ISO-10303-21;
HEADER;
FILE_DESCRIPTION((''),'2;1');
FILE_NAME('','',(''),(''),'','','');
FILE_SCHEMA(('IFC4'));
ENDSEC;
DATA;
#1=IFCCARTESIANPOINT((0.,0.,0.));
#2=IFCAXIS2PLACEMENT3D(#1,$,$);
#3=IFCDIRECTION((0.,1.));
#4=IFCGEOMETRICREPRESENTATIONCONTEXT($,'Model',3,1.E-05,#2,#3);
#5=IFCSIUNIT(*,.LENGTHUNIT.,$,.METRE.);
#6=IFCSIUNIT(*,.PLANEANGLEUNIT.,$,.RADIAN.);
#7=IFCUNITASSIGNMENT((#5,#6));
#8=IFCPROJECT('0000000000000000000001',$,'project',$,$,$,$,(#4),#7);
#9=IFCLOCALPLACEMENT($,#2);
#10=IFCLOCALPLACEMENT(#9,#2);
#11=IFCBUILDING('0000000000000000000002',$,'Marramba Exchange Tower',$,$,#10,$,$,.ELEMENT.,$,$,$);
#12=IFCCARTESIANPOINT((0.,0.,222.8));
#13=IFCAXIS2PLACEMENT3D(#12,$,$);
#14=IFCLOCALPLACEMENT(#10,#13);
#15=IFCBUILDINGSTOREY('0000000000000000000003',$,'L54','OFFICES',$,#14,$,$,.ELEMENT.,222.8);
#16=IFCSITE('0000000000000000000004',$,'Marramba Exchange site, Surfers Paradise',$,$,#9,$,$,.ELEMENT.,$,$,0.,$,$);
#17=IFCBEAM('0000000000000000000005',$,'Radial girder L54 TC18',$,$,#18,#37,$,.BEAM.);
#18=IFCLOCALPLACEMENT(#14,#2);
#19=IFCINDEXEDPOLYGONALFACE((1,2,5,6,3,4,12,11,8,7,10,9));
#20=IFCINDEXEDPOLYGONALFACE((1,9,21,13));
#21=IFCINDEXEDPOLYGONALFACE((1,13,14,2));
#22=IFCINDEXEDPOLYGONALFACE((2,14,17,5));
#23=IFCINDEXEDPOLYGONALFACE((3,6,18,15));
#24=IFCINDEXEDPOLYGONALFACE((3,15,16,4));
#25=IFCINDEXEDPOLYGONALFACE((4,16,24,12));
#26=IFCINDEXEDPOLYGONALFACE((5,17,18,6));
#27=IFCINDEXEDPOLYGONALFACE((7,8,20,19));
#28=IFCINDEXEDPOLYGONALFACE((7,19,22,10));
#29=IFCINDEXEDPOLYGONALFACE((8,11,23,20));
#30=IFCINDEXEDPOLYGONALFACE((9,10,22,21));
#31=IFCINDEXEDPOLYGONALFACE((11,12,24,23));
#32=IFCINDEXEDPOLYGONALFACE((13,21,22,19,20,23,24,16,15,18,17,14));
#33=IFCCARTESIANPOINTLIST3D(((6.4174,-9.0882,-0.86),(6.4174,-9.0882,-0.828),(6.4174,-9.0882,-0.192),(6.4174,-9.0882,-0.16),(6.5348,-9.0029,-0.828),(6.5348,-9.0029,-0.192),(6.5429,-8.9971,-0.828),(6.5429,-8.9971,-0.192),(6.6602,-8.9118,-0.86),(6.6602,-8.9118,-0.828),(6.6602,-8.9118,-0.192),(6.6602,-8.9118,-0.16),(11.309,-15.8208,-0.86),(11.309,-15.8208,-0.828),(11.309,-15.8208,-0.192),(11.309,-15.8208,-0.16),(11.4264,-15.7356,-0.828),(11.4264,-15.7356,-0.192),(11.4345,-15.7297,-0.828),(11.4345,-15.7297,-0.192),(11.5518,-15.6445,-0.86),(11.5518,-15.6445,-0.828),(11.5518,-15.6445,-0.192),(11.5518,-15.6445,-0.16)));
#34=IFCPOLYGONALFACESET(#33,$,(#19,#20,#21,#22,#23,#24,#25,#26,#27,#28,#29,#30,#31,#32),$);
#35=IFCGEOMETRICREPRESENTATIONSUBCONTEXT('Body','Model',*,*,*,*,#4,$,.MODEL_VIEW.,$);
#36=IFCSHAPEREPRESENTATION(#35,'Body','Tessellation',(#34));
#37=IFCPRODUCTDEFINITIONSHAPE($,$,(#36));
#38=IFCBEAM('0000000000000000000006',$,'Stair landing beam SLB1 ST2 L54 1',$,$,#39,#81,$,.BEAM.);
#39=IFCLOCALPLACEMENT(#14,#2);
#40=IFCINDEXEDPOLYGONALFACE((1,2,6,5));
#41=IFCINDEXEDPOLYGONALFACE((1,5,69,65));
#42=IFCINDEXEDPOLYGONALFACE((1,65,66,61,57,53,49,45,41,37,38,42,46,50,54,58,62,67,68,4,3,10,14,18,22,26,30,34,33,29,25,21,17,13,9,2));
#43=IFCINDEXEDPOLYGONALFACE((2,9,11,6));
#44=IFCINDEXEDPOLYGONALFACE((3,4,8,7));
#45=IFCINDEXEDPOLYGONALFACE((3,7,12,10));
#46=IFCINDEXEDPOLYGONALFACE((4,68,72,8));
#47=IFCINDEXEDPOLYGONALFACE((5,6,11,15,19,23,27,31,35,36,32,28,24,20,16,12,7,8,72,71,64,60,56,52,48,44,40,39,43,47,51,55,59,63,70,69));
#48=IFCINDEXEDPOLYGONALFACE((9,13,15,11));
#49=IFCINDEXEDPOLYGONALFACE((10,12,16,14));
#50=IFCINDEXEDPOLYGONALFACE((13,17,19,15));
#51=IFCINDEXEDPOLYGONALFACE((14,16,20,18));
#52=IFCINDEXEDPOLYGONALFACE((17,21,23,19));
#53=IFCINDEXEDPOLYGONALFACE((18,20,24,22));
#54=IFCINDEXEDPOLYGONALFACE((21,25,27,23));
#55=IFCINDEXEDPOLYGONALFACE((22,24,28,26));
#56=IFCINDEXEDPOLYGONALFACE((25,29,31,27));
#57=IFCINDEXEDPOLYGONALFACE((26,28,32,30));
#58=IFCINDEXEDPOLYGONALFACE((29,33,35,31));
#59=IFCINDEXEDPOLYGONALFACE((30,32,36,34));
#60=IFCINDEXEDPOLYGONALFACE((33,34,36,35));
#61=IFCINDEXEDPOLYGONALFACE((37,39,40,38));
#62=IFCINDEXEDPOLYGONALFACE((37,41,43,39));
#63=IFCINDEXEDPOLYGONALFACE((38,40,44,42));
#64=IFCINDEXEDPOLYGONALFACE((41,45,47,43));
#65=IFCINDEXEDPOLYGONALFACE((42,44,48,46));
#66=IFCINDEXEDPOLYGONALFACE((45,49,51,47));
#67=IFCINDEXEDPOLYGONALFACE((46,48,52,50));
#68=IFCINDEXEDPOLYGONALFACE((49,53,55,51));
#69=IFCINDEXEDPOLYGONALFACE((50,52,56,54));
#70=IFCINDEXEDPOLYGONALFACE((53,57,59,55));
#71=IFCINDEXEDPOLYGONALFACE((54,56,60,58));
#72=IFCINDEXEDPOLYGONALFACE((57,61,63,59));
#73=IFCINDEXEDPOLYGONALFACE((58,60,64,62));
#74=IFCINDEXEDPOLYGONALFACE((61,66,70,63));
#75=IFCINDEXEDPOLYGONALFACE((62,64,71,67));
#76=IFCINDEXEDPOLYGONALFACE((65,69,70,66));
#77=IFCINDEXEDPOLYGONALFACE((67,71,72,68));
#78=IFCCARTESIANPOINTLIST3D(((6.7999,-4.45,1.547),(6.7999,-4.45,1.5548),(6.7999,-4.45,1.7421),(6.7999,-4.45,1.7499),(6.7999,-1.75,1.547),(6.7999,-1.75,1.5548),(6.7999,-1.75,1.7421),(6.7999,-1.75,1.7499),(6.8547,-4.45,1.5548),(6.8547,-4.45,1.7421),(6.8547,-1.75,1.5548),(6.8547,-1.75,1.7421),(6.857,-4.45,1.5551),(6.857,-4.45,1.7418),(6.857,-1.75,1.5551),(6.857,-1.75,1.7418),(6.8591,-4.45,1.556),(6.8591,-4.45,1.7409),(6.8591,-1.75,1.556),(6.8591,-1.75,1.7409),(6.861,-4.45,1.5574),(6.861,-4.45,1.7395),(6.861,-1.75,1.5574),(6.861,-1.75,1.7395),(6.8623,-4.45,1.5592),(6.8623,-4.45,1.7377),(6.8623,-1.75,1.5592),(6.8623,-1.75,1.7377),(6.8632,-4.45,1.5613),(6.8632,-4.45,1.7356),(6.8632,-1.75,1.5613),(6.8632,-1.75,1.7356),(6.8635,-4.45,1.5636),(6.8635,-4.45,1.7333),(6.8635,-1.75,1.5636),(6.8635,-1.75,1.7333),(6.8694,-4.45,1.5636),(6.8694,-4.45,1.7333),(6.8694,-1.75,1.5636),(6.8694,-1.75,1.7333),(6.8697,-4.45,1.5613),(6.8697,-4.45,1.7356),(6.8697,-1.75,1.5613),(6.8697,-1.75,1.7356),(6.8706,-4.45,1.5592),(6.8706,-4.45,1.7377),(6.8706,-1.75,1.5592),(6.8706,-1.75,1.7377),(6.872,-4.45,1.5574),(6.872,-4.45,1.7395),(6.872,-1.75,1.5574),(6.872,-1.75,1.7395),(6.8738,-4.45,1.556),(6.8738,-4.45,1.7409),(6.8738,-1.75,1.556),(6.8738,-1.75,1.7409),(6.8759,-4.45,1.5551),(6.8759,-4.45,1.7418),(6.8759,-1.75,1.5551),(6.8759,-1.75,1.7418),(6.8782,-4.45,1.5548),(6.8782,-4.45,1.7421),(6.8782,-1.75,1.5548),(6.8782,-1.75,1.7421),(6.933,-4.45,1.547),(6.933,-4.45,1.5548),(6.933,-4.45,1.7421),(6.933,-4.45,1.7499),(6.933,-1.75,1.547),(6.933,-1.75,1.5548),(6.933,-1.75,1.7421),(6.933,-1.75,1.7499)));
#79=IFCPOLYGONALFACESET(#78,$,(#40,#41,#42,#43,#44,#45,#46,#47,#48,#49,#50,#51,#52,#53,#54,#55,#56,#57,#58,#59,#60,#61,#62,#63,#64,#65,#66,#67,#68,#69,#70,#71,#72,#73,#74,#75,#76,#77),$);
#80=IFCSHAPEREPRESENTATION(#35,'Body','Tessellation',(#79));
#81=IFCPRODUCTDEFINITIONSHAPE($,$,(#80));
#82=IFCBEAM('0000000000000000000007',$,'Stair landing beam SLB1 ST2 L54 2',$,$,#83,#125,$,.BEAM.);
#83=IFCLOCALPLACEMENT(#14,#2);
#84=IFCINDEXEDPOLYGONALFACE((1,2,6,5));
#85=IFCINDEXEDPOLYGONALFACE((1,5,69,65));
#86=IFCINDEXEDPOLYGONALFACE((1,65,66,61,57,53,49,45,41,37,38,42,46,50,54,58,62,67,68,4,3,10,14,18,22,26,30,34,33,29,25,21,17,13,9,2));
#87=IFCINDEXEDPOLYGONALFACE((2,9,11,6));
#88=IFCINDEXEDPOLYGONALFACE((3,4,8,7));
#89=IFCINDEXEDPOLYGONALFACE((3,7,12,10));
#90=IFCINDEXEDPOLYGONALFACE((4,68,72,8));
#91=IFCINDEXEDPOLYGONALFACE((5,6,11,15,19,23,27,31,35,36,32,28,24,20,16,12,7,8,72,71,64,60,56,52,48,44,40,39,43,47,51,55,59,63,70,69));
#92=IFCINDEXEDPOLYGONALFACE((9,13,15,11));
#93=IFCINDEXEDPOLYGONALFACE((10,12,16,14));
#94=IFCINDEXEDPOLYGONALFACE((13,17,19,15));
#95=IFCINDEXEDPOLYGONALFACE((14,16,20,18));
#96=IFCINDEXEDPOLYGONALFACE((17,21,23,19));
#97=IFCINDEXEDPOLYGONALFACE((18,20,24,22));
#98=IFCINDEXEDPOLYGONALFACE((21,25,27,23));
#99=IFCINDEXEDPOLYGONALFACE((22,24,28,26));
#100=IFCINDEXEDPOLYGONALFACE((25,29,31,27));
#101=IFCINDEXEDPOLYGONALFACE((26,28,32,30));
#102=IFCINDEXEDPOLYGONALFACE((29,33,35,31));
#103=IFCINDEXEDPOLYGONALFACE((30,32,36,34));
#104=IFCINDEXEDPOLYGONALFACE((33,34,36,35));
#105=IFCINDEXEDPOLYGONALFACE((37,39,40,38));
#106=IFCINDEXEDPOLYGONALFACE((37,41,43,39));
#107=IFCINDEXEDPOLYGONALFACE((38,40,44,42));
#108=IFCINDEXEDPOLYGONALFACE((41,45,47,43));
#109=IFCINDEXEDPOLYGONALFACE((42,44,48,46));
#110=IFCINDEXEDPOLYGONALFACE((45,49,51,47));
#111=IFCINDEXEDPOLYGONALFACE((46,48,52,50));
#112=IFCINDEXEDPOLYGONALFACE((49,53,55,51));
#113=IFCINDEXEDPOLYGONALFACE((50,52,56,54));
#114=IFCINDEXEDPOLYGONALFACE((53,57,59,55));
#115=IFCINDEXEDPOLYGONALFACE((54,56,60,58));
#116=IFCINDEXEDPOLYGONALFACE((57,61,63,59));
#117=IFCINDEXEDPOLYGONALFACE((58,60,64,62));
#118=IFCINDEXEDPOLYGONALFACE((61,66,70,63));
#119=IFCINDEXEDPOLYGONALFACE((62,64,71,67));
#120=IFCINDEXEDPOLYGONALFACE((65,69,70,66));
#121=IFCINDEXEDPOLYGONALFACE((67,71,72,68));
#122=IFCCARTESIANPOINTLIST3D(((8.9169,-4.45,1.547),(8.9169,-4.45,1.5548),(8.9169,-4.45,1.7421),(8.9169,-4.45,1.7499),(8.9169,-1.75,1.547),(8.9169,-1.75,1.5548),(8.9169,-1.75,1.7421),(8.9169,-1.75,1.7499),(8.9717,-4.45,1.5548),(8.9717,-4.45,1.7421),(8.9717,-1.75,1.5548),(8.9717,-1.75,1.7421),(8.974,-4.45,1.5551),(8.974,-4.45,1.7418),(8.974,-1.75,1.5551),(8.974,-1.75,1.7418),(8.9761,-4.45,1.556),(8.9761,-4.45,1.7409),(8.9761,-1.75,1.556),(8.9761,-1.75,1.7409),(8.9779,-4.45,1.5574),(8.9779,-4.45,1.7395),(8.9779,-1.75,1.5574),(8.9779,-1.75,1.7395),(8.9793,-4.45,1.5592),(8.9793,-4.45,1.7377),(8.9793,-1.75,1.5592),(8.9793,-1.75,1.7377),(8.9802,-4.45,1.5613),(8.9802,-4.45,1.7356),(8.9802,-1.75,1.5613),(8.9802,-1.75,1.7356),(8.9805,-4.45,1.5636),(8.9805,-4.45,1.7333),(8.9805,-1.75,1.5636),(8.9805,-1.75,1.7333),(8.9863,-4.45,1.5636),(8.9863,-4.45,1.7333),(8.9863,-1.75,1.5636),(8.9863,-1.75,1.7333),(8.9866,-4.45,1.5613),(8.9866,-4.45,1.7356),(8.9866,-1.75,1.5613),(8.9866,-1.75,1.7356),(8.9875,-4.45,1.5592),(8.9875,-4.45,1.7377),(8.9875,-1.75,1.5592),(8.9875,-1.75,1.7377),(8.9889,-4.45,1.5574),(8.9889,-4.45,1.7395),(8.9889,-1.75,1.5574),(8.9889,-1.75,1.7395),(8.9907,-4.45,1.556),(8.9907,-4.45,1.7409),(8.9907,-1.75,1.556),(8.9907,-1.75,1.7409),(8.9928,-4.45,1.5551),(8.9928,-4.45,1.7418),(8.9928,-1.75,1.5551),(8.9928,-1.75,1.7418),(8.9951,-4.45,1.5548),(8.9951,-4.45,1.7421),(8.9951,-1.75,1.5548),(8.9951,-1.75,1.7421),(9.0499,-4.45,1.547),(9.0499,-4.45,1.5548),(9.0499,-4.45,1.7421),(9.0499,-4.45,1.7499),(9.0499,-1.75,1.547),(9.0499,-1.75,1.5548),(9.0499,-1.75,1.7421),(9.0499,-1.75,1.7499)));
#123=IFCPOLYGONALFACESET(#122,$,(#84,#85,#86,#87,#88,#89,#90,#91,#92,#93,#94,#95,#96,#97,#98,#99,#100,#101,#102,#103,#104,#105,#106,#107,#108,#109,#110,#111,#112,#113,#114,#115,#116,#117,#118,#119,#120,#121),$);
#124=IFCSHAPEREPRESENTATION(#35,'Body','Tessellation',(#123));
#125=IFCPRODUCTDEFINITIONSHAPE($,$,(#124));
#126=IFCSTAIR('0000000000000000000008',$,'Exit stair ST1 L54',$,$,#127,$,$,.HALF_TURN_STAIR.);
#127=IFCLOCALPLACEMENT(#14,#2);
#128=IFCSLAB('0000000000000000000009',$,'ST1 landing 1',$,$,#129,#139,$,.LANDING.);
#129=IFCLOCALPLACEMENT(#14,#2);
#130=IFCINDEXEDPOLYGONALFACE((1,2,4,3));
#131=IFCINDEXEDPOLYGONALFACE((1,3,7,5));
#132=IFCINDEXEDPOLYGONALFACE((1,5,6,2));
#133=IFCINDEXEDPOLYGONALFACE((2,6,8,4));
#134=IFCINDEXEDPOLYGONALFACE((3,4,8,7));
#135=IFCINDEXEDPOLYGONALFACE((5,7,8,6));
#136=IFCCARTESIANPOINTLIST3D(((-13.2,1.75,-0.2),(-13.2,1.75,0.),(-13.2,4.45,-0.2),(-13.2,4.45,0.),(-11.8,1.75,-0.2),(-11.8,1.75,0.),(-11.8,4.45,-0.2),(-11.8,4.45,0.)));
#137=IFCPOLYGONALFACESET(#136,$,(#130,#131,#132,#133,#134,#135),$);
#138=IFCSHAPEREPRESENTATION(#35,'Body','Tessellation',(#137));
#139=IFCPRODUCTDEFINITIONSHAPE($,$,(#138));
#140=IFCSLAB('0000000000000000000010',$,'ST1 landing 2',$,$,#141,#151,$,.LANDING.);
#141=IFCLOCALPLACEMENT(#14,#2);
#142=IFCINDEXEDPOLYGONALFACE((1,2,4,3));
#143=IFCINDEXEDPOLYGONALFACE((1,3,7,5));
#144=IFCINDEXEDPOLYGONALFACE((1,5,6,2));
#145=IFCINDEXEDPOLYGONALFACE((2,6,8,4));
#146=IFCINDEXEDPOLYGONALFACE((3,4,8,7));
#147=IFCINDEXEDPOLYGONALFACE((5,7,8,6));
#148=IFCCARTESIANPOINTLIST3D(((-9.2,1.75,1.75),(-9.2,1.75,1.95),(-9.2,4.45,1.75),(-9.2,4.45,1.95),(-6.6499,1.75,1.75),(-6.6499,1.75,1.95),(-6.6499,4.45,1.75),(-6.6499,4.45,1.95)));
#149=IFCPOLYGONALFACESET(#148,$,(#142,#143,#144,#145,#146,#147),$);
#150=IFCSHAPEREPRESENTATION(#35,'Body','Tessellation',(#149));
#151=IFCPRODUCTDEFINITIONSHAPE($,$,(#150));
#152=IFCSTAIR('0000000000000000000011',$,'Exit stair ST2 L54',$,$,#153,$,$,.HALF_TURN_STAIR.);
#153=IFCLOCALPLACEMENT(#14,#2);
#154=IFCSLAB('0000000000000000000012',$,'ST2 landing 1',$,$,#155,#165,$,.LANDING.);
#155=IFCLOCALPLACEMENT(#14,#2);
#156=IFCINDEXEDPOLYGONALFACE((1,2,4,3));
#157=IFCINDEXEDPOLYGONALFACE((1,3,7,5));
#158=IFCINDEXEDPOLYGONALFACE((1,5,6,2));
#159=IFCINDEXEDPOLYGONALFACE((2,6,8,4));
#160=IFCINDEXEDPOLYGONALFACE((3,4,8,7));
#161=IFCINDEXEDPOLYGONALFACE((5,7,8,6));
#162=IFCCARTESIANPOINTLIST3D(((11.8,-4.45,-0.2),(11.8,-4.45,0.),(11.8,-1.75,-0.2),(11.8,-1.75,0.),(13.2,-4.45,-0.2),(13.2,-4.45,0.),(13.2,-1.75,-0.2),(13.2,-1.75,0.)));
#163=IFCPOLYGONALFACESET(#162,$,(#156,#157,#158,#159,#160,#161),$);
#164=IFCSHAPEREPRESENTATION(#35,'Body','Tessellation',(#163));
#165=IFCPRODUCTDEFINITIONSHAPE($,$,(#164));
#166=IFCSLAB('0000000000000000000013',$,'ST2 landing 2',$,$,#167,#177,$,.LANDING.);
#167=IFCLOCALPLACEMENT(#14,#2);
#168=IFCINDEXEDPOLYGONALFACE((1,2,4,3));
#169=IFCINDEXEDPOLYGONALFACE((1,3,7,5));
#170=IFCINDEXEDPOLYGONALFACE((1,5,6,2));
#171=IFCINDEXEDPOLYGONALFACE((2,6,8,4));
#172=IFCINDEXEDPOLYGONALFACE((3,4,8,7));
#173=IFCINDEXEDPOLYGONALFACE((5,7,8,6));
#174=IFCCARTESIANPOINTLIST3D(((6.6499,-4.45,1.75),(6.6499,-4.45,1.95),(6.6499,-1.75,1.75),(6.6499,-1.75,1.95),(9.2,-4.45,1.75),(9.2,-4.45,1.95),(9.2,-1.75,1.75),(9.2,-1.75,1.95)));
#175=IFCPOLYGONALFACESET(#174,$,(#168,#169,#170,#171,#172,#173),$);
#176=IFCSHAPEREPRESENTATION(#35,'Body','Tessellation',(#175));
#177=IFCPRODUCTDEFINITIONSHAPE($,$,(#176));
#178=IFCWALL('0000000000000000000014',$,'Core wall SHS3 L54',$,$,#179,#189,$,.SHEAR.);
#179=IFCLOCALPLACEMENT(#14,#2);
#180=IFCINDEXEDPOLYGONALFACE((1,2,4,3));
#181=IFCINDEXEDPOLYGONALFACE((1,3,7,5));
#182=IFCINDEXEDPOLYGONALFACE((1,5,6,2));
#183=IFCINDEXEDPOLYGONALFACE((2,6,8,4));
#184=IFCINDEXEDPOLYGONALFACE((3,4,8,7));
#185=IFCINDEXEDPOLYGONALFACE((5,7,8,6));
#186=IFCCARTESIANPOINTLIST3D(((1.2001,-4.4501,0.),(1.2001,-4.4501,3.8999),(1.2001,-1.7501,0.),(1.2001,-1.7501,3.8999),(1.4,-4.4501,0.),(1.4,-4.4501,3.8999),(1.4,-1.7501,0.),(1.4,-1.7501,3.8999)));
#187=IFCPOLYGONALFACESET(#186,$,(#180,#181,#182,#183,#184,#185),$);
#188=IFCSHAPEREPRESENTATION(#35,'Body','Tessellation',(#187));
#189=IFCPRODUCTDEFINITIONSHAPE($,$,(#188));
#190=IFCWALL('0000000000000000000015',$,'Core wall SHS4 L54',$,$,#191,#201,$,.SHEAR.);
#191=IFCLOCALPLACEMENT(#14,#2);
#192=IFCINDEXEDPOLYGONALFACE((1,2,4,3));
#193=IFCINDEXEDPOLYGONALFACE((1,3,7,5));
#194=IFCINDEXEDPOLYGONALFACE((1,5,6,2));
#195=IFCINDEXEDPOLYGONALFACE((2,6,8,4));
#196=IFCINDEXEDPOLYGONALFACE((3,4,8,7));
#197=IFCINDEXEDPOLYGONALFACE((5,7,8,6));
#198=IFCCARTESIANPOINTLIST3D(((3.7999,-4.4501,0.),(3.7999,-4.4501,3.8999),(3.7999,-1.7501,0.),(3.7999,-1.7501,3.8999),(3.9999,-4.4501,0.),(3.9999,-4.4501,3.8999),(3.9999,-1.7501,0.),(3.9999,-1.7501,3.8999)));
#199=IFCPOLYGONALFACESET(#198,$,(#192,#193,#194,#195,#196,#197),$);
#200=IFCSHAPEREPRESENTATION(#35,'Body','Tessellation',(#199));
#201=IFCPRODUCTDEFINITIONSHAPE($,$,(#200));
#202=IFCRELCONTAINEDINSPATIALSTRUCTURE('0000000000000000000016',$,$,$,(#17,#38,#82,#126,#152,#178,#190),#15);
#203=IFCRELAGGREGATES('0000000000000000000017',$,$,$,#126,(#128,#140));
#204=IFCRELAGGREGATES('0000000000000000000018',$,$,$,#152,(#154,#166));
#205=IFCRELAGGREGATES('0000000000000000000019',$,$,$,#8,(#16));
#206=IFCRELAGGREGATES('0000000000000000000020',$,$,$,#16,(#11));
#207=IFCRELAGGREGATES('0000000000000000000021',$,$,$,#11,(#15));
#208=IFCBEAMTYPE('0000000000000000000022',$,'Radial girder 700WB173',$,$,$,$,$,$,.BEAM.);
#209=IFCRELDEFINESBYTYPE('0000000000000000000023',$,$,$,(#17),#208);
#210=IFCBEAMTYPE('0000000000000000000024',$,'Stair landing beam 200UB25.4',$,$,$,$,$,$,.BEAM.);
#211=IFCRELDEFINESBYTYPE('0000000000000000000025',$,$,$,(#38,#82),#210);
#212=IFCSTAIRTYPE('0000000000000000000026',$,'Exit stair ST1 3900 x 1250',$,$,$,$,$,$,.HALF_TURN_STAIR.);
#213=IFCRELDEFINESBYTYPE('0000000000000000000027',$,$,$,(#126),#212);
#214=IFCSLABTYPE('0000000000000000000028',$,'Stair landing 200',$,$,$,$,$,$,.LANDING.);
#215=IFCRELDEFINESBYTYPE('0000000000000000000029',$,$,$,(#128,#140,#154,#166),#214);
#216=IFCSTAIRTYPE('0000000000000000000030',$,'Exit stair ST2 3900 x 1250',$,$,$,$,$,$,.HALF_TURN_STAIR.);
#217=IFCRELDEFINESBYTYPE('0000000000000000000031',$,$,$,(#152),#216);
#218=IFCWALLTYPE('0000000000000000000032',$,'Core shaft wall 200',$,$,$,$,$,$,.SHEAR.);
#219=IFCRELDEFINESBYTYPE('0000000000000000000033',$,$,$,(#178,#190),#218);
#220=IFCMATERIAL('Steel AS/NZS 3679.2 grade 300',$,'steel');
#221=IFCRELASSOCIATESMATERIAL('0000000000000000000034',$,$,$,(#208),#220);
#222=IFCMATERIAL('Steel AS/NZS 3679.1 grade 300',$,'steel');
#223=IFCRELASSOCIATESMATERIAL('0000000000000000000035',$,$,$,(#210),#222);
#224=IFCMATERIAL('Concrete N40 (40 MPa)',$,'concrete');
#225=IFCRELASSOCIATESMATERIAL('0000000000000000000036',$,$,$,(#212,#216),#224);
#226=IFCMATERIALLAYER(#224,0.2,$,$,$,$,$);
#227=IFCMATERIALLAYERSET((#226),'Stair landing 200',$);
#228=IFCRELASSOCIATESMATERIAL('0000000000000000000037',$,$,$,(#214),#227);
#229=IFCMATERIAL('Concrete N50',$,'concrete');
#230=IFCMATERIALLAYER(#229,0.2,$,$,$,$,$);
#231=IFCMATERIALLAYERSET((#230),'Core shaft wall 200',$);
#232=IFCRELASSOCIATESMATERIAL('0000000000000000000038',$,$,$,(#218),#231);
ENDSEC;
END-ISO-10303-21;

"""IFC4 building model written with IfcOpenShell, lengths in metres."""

from ifc_helpers import new_model, si_unit, direction, frame, frame_2d, origin, origin_2d, place, context, subcontext, project, spatial, polyline, rectangle, i_section, outline, extrude, material, layer, layer_set, material_profile, profile_set, type_object, element, aggregate, save


model = new_model("IFC4")

# Units and contexts
model_context = context("Model", 3, precision=1e-05, world=origin(), true_north=direction((0.0, 1.0)))
body_context = subcontext(model_context, "Body", "Model", "MODEL_VIEW")
ifc_project = project(units=[si_unit("LENGTHUNIT", "METRE"), si_unit("PLANEANGLEUNIT", "RADIAN")], contexts=[model_context])

# Site, building, storey
site_placement = place(None, origin())
site = spatial("IfcSite", under=ifc_project, at=site_placement, Name="Marramba Exchange site, Surfers Paradise", CompositionType="ELEMENT", RefElevation=0.0)
building_placement = place(site_placement, origin())
building = spatial("IfcBuilding", under=site, at=building_placement, Name="Marramba Exchange Tower", CompositionType="ELEMENT")
storey_placement = place(building_placement, frame((0.0, 0.0, 222.8)))
storey = spatial("IfcBuildingStorey", under=building, at=storey_placement, Name="L54", Description="OFFICES", CompositionType="ELEMENT", Elevation=222.8)

# Beams
ifc_material_1 = material(Name="Steel AS/NZS 3679.1 grade 300", Category="steel")
ifc_material_2 = material(Name="Steel AS/NZS 3679.2 grade 300", Category="steel")
ifc_material_profile_1 = material_profile(ifc_material_2, i_section(OverallWidth=0.3, OverallDepth=0.7, WebThickness=0.01, FlangeThickness=0.032, at=origin_2d()), Name="700WB173")
ifc_profile_set_1 = profile_set([ifc_material_profile_1], Name="Steel AS/NZS 3679.2 grade 300")
beam_type_1 = type_object("IfcBeamType", Name="Radial girder 700WB173", PredefinedType="BEAM", material=ifc_profile_set_1)
beam_1_placement = place(storey_placement, frame((6.5388, -9.0, -0.51), z_axis=(0.587788, -0.809015, 0.0), x_axis=(0.809015, 0.587788, 0.0)))
element("IfcBeam", 1, at=beam_1_placement, inside=storey, type_object=beam_type_1, Name="Radial girder L54 TC18", PredefinedType="BEAM", context=body_context, shape_type="SweptSolid", body=[
    extrude(i_section(OverallWidth=0.3, OverallDepth=0.7, WebThickness=0.01, FlangeThickness=0.032, at=origin_2d()), origin(), (0.0, 0.0, 1.0), 8.322),
])
ifc_material_profile_2 = material_profile(ifc_material_1, i_section(OverallWidth=0.1331, OverallDepth=0.2029, WebThickness=0.0059, FlangeThickness=0.0078, FilletRadius=0.0088, at=origin_2d()), Name="200UB25.4")
ifc_profile_set_2 = profile_set([ifc_material_profile_2], Name="Steel AS/NZS 3679.1 grade 300")
beam_type_2 = type_object("IfcBeamType", Name="Stair landing beam 200UB25.4", PredefinedType="BEAM", material=ifc_profile_set_2)
for number, where, z_axis, x_axis, name in (
    (2, (6.8665, -4.45, 1.6484), (0.0, 1.0, 0.0), (-1.0, 0.0, 0.0), "Stair landing beam SLB1 ST2 L54 1"),
    (3, (8.9834, -4.45, 1.6484), (0.0, 1.0, 0.0), (-1.0, 0.0, 0.0), "Stair landing beam SLB1 ST2 L54 2"),
):
    element("IfcBeam", number, at=place(storey_placement, frame(where, z_axis=z_axis, x_axis=x_axis)), inside=storey, type_object=beam_type_2, Name=name, PredefinedType="BEAM", context=body_context, shape_type="SweptSolid", body=[
        extrude(i_section(OverallWidth=0.1331, OverallDepth=0.2029, WebThickness=0.0059, FlangeThickness=0.0078, FilletRadius=0.0088, at=origin_2d()), origin(), (0.0, 0.0, 1.0), 2.7),
    ])

# Stairs, slabs
ifc_material_3 = material(Name="Concrete N40 (40 MPa)", Category="concrete")
stair_type_1 = type_object("IfcStairType", Name="Exit stair ST1 3900 x 1250", PredefinedType="HALF_TURN_STAIR", material=ifc_material_3)
stair_1_placement = place(storey_placement, origin())
stair_1 = element("IfcStair", 4, at=stair_1_placement, inside=storey, type_object=stair_type_1, Name="Exit stair ST1 L54", PredefinedType="HALF_TURN_STAIR")
ifc_layer_1 = layer(ifc_material_3, 0.2)
ifc_layer_set_1 = layer_set([ifc_layer_1], Name="Stair landing 200")
slab_type = type_object("IfcSlabType", Name="Stair landing 200", PredefinedType="LANDING", material=ifc_layer_set_1)
slab_1_placement = place(storey_placement, frame((0.0, 0.0, -0.2)))
slab_1 = element("IfcSlab", 5, at=slab_1_placement, type_object=slab_type, Name="ST1 landing 1", PredefinedType="LANDING", context=body_context, shape_type="SweptSolid", body=[
    extrude(outline(polyline([(-13.2, 1.75), (-11.8, 1.75), (-11.8, 4.45), (-13.2, 4.45), (-13.2, 1.75)])), origin(), (0.0, 0.0, 1.0), 0.2),
])
slab_2_placement = place(storey_placement, frame((0.0, 0.0, 1.75)))
slab_2 = element("IfcSlab", 6, at=slab_2_placement, type_object=slab_type, Name="ST1 landing 2", PredefinedType="LANDING", context=body_context, shape_type="SweptSolid", body=[
    extrude(outline(polyline([(-9.2, 1.75), (-6.6499, 1.75), (-6.6499, 4.45), (-9.2, 4.45), (-9.2, 1.75)])), origin(), (0.0, 0.0, 1.0), 0.2),
])
aggregate(stair_1, [slab_1, slab_2])
stair_type_2 = type_object("IfcStairType", Name="Exit stair ST2 3900 x 1250", PredefinedType="HALF_TURN_STAIR", material=ifc_material_3)
stair_2_placement = place(storey_placement, origin())
stair_2 = element("IfcStair", 7, at=stair_2_placement, inside=storey, type_object=stair_type_2, Name="Exit stair ST2 L54", PredefinedType="HALF_TURN_STAIR")
slab_3_placement = place(storey_placement, frame((0.0, 0.0, -0.2)))
slab_3 = element("IfcSlab", 8, at=slab_3_placement, type_object=slab_type, Name="ST2 landing 1", PredefinedType="LANDING", context=body_context, shape_type="SweptSolid", body=[
    extrude(outline(polyline([(11.8, -4.45), (13.2, -4.45), (13.2, -1.75), (11.8, -1.75), (11.8, -4.45)])), origin(), (0.0, 0.0, 1.0), 0.2),
])
slab_4_placement = place(storey_placement, frame((0.0, 0.0, 1.75)))
slab_4 = element("IfcSlab", 9, at=slab_4_placement, type_object=slab_type, Name="ST2 landing 2", PredefinedType="LANDING", context=body_context, shape_type="SweptSolid", body=[
    extrude(outline(polyline([(6.6499, -4.45), (9.2, -4.45), (9.2, -1.75), (6.6499, -1.75), (6.6499, -4.45)])), origin(), (0.0, 0.0, 1.0), 0.2),
])

# Walls
ifc_material_4 = material(Name="Concrete N50", Category="concrete")
ifc_layer_2 = layer(ifc_material_4, 0.2)
ifc_layer_set_2 = layer_set([ifc_layer_2], Name="Core shaft wall 200")
wall_type_1 = type_object("IfcWallType", Name="Core shaft wall 200", PredefinedType="SHEAR", material=ifc_layer_set_2)
for number, where, z_axis, x_axis, name in (
    (10, (1.3, -1.75, 0.0), (0.0, 0.0, 1.0), (0.0, -1.0, 0.0), "Core wall SHS3 L54"),
    (11, (3.8999, -1.75, 0.0), (0.0, 0.0, 1.0), (0.0, -1.0, 0.0), "Core wall SHS4 L54"),
):
    element("IfcWall", number, at=place(storey_placement, frame(where, z_axis=z_axis, x_axis=x_axis)), inside=storey, type_object=wall_type_1, Name=name, PredefinedType="SHEAR", context=body_context, shape_type="SweptSolid", body=[
        extrude(rectangle(XDim=2.7, YDim=0.2, at=frame_2d((1.3501, 0.0))), origin(), (0.0, 0.0, 1.0), 3.8999),
    ])

aggregate(stair_2, [slab_3, slab_4])

save(model, "model.ifc")
